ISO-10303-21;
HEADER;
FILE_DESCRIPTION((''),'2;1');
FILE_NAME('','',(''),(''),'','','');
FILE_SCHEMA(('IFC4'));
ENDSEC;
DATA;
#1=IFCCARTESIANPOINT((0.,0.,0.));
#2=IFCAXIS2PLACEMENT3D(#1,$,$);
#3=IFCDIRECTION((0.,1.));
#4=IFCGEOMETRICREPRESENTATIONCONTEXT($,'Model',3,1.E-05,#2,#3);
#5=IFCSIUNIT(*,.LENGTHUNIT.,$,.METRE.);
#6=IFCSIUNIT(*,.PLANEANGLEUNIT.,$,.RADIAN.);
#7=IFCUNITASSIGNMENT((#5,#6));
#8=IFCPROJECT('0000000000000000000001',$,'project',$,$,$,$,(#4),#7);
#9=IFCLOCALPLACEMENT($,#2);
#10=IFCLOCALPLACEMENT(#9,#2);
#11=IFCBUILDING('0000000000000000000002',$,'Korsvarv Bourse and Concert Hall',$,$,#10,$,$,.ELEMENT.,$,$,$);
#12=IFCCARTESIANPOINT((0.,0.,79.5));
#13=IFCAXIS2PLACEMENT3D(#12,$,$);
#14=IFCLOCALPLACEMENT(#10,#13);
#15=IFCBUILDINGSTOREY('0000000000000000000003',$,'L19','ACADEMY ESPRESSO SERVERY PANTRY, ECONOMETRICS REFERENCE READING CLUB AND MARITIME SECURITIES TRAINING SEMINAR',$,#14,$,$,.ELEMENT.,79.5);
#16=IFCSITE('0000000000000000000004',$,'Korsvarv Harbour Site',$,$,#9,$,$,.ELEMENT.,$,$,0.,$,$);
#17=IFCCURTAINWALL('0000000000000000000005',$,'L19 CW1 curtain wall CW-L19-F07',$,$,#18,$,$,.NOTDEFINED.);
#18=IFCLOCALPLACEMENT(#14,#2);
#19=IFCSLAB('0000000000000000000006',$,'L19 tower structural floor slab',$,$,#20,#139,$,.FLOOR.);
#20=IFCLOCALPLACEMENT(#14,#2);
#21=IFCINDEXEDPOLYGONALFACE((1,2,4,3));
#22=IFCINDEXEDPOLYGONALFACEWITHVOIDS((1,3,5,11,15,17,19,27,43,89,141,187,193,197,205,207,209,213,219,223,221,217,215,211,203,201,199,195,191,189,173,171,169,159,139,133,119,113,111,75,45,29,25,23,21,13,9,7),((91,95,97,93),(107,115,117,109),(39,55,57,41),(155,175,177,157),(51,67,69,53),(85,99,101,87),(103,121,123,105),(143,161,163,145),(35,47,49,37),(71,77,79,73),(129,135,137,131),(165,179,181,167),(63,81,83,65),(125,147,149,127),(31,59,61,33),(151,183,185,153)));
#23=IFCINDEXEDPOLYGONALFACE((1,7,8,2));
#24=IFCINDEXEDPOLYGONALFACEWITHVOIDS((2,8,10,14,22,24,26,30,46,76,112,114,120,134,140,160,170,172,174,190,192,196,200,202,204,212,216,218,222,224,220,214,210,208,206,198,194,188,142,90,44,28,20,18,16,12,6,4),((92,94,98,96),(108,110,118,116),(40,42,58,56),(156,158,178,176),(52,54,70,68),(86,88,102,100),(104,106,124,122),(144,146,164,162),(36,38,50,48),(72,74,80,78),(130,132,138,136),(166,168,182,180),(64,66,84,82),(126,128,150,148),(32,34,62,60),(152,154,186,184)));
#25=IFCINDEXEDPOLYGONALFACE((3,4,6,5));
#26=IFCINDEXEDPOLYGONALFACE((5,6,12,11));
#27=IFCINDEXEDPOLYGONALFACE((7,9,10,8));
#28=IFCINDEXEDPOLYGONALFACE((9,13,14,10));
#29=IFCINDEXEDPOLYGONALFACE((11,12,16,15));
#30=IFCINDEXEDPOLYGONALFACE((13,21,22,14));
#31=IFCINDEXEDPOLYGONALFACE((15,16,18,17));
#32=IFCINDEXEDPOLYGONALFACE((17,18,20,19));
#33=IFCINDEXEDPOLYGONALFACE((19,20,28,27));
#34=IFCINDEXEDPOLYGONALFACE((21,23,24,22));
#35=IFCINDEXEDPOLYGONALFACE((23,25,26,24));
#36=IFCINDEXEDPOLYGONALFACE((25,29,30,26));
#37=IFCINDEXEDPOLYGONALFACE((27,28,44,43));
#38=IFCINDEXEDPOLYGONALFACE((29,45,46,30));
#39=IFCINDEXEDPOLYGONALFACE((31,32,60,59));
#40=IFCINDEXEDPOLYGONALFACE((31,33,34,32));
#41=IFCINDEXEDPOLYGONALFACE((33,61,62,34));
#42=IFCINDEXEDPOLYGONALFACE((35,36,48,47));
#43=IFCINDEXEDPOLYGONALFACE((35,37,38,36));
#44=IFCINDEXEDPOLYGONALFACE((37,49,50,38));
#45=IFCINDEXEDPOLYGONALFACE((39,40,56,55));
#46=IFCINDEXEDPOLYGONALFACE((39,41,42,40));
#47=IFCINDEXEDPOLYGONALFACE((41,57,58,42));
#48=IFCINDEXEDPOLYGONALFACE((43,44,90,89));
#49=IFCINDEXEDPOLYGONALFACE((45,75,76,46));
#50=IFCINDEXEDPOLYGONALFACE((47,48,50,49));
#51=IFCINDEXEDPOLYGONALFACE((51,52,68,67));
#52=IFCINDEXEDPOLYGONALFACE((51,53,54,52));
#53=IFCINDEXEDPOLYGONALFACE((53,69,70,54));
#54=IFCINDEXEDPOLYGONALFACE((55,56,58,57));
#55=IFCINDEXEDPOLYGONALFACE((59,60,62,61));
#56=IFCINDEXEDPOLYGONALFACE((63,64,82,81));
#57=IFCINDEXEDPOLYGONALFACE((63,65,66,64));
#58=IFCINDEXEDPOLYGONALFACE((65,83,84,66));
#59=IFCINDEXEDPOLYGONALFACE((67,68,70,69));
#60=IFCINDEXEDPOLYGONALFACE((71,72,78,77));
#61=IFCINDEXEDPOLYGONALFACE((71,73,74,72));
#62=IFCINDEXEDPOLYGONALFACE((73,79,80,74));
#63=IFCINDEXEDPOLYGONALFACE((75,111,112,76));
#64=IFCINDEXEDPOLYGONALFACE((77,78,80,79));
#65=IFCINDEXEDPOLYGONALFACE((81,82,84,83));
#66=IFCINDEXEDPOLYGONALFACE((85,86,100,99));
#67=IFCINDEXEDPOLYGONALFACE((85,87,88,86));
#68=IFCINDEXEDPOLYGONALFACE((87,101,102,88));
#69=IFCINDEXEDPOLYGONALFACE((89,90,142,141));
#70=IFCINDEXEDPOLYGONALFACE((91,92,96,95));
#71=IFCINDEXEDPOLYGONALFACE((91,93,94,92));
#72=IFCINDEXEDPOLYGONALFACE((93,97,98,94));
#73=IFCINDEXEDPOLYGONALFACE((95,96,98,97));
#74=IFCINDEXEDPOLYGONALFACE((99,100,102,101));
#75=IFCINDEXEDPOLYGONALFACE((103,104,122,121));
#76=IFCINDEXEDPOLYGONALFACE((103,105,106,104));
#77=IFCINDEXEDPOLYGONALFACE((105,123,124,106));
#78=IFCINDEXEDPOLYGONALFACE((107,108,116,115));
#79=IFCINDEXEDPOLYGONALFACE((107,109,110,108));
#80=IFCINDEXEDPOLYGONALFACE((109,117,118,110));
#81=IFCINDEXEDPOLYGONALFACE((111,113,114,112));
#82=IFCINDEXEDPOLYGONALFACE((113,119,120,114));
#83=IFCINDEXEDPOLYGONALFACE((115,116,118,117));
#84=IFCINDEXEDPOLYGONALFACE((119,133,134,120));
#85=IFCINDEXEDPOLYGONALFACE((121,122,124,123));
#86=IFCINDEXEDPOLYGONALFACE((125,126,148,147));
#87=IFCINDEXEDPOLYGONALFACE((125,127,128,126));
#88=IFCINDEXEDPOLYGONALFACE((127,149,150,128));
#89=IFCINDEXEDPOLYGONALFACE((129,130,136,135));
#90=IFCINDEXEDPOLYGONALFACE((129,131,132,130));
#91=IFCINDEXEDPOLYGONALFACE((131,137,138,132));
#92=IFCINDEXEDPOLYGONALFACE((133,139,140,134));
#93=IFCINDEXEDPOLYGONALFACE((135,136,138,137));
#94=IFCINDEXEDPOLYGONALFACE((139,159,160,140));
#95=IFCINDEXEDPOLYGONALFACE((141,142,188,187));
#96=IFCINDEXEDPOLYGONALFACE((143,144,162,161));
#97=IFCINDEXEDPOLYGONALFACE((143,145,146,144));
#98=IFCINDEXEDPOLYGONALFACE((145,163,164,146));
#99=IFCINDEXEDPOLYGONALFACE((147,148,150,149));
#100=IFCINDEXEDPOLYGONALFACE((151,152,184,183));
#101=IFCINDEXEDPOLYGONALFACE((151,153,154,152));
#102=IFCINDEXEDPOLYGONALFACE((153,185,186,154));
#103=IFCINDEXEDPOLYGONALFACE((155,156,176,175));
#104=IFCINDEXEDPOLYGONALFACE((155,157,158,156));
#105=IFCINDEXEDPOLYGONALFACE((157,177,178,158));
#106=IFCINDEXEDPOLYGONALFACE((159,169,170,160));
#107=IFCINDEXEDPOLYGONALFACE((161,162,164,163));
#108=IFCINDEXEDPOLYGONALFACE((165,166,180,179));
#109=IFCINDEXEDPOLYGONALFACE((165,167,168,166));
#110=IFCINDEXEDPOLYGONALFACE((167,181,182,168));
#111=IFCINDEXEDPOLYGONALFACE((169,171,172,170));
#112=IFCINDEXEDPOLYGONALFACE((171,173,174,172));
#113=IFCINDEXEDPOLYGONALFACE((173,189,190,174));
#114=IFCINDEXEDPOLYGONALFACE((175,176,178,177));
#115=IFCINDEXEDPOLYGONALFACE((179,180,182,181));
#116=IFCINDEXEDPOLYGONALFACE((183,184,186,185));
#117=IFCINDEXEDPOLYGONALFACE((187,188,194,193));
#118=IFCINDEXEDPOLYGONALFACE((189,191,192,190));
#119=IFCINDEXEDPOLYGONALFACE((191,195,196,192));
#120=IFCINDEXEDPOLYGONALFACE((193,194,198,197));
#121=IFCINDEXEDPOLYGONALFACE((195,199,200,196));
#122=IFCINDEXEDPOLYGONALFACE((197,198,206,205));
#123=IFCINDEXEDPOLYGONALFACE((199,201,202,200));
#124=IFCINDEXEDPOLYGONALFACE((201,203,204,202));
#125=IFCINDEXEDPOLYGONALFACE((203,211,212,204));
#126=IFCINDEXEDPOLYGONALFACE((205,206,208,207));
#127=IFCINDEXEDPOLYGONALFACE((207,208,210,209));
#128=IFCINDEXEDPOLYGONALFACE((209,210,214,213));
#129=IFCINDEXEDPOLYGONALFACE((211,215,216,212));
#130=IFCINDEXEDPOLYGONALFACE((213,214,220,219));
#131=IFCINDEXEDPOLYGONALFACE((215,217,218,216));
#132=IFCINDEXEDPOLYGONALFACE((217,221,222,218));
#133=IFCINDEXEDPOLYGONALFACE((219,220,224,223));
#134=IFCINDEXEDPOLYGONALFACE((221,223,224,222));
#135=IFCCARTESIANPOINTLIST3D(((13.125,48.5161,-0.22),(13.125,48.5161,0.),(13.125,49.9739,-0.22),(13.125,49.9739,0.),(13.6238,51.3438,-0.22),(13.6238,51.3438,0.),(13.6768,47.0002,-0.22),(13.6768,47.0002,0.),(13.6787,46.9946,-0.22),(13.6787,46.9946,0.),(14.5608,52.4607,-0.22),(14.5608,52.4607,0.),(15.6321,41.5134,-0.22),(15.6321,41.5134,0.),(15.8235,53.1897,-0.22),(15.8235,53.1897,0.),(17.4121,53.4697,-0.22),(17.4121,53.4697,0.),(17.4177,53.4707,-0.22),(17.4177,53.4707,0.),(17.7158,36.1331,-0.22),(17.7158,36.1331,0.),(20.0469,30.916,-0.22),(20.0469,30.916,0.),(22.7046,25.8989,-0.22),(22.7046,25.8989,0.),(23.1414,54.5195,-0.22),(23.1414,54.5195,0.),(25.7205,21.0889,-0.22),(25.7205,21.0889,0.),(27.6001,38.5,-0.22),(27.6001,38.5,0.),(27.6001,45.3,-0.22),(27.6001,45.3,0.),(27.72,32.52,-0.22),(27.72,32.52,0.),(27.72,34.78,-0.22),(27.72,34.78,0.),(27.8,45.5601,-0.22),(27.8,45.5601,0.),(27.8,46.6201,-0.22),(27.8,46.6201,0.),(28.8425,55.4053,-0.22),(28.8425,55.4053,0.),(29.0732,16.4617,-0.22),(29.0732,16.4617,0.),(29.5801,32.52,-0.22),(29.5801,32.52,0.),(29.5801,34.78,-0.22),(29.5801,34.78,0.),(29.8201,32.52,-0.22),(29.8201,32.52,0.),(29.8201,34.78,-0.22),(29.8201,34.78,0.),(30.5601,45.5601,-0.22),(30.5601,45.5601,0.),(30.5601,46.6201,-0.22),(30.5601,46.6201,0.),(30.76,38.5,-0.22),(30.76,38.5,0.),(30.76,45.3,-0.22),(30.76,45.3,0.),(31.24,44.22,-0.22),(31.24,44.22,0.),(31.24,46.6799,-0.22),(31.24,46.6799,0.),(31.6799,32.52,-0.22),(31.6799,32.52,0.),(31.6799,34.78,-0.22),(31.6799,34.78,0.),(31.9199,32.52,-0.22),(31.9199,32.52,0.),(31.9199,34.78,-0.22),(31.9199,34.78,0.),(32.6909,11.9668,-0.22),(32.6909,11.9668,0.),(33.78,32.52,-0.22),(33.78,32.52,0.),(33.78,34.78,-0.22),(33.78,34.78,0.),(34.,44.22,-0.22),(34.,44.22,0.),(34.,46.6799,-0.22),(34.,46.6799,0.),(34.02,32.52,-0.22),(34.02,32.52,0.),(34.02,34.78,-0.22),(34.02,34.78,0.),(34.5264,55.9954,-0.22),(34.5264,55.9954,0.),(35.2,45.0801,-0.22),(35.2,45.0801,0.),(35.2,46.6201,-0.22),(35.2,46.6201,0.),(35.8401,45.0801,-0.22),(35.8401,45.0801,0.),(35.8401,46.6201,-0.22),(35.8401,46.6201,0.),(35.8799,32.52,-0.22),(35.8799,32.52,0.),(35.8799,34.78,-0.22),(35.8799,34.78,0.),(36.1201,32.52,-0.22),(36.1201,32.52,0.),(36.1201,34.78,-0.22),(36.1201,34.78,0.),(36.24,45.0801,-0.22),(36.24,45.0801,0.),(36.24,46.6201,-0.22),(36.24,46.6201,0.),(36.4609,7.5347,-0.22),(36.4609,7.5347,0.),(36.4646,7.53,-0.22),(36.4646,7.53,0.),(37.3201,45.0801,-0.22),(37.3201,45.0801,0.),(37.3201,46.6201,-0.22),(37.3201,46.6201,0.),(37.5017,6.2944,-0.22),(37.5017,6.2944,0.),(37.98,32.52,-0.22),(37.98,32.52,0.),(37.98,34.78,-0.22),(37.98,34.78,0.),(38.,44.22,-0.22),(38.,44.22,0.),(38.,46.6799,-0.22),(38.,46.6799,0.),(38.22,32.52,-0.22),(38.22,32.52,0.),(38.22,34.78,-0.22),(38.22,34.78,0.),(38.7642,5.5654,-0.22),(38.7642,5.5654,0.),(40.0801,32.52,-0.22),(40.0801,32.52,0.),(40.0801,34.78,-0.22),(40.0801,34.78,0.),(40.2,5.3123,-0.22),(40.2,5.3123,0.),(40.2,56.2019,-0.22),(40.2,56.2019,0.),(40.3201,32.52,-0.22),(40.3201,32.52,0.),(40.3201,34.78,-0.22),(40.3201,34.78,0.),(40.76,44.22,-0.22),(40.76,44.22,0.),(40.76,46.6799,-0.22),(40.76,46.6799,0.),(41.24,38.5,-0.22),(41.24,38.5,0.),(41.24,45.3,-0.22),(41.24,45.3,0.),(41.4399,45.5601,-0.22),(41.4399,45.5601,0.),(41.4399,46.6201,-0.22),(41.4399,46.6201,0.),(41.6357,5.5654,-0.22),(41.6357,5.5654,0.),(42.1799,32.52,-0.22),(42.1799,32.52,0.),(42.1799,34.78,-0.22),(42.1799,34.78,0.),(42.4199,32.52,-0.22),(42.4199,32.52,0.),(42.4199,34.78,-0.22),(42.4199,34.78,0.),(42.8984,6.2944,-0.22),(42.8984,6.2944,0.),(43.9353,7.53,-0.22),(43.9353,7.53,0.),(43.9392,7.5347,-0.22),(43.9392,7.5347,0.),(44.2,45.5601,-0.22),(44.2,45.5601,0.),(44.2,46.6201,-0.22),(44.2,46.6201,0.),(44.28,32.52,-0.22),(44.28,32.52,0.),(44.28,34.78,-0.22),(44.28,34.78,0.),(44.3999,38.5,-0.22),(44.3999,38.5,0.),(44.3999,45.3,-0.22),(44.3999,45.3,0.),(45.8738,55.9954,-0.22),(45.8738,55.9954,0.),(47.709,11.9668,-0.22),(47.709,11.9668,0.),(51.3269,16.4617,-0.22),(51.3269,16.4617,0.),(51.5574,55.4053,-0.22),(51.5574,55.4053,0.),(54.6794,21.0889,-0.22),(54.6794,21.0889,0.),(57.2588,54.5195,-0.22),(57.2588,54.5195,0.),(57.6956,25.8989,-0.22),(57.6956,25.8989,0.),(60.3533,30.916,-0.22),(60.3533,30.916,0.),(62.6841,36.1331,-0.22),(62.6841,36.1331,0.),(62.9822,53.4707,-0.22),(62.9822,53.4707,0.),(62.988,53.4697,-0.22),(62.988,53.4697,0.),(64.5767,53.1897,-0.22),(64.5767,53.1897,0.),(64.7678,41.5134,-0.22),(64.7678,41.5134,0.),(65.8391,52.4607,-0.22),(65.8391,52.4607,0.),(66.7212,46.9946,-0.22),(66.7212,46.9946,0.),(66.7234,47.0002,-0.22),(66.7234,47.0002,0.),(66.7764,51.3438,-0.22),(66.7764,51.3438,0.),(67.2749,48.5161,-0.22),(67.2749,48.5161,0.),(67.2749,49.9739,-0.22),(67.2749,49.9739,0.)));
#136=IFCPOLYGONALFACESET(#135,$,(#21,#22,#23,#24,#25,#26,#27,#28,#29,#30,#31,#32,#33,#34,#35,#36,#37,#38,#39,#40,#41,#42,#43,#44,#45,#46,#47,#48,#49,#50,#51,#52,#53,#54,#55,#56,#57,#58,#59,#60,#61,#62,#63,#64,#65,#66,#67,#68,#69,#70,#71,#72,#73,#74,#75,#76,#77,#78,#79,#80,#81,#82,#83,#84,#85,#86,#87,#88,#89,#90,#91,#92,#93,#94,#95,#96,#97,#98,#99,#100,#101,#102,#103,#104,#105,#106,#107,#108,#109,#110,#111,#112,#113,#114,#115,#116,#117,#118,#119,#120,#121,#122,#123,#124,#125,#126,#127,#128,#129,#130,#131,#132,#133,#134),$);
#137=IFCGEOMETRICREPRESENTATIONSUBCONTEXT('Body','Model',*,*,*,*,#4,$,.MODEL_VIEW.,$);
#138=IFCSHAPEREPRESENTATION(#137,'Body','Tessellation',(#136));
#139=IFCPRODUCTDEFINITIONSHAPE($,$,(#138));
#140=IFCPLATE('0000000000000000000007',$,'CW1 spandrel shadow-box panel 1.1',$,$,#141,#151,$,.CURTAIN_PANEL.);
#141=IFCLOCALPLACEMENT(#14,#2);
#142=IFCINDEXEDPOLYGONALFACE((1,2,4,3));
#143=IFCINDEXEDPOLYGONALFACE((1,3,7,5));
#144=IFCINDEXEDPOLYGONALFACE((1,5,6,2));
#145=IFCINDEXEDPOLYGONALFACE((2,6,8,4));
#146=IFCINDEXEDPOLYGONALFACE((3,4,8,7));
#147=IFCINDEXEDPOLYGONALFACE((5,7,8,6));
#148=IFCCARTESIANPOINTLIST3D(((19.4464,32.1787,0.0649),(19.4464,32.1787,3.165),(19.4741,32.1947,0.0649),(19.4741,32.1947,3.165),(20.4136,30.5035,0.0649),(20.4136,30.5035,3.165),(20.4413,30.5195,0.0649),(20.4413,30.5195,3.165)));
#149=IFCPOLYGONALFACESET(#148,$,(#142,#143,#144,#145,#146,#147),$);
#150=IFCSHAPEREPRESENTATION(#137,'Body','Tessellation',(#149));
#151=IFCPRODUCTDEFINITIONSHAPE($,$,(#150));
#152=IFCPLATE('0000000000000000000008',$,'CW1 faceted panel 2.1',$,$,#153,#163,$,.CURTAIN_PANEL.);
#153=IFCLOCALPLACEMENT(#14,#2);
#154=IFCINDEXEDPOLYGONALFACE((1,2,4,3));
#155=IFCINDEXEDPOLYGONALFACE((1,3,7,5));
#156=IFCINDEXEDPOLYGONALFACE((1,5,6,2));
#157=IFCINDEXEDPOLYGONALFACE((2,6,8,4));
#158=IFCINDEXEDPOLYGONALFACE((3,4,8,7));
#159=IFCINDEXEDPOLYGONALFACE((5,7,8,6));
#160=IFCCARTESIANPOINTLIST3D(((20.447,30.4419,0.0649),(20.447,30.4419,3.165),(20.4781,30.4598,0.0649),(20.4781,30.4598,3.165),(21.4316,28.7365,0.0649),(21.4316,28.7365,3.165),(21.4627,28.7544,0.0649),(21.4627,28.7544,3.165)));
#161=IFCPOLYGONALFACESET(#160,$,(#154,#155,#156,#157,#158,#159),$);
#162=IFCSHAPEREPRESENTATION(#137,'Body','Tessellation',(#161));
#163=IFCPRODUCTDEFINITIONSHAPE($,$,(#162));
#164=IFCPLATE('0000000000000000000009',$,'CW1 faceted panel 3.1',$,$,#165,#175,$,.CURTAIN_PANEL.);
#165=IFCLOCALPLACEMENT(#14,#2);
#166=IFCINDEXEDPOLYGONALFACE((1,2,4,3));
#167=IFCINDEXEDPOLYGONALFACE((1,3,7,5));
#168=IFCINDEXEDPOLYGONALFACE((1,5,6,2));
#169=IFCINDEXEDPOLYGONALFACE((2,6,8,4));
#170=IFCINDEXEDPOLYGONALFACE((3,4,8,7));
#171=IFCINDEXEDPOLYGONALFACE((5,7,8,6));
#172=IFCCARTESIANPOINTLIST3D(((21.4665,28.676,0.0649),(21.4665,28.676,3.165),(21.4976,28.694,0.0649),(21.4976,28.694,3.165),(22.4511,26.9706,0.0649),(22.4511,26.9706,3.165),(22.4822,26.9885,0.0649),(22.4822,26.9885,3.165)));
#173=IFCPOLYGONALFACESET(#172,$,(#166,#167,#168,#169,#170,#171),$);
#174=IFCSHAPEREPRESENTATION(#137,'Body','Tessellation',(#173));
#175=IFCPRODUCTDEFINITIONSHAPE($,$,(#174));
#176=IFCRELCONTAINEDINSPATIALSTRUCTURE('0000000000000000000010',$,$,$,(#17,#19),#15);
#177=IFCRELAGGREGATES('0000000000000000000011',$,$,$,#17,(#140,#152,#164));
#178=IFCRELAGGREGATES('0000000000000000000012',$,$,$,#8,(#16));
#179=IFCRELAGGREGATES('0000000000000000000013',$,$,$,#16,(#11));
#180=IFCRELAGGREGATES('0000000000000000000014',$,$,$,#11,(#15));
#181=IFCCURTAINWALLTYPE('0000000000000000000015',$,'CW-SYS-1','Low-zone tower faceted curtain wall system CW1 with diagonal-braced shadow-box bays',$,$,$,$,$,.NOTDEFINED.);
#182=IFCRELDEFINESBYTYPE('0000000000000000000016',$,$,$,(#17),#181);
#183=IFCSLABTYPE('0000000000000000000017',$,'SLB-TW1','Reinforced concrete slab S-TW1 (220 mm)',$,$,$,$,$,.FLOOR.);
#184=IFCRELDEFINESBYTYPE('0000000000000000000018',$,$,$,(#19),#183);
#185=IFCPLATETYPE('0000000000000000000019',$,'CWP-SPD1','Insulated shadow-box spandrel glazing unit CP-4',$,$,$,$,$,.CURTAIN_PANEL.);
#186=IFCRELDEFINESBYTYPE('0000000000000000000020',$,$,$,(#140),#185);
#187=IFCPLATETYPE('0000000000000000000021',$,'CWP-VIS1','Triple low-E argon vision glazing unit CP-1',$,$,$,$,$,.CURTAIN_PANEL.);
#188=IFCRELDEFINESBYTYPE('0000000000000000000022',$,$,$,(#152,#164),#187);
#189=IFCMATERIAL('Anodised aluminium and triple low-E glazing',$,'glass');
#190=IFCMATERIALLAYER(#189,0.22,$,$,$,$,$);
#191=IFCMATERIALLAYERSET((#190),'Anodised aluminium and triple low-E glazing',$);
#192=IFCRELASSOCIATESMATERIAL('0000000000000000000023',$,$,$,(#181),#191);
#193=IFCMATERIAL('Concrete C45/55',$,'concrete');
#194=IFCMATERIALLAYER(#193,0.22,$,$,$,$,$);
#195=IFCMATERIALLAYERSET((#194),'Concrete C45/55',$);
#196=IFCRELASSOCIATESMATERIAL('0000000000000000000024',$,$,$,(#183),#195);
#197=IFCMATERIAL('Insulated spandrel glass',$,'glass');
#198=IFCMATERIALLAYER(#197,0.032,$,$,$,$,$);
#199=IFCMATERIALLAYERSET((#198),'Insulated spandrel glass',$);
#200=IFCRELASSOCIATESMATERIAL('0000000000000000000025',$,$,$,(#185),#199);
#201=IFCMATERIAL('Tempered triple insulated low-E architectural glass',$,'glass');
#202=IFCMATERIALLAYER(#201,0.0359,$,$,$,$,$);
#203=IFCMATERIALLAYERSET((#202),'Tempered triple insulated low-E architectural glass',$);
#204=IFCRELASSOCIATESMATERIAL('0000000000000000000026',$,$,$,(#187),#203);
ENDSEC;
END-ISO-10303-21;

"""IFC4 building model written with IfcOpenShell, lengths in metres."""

from ifc_helpers import new_model, si_unit, direction, frame, origin, origin_2d, place, context, subcontext, project, spatial, polyline, rectangle, outline, extrude, source, transform, mapped, material, layer, layer_set, type_object, element, aggregate, save


model = new_model("IFC4")

# Units and contexts
model_context = context("Model", 3, precision=1e-05, world=origin(), true_north=direction((0.0, 1.0)))
body_context = subcontext(model_context, "Body", "Model", "MODEL_VIEW")
ifc_project = project(units=[si_unit("LENGTHUNIT", "METRE"), si_unit("PLANEANGLEUNIT", "RADIAN")], contexts=[model_context])

# Site, building, storey
site_placement = place(None, origin())
site = spatial("IfcSite", under=ifc_project, at=site_placement, Name="Korsvarv Harbour Site", CompositionType="ELEMENT", RefElevation=0.0)
building_placement = place(site_placement, origin())
building = spatial("IfcBuilding", under=site, at=building_placement, Name="Korsvarv Bourse and Concert Hall", CompositionType="ELEMENT")
storey_placement = place(building_placement, frame((0.0, 0.0, 79.5)))
storey = spatial("IfcBuildingStorey", under=building, at=storey_placement, Name="L19", Description="ACADEMY ESPRESSO SERVERY PANTRY, ECONOMETRICS REFERENCE READING CLUB AND MARITIME SECURITIES TRAINING SEMINAR", CompositionType="ELEMENT", Elevation=79.5)

# Curtain wall
ifc_material_1 = material(Name="Anodised aluminium and triple low-E glazing", Category="glass")
ifc_layer_1 = layer(ifc_material_1, 0.22)
ifc_layer_set_1 = layer_set([ifc_layer_1], Name="Anodised aluminium and triple low-E glazing")
curtain_wall_type = type_object("IfcCurtainWallType", Name="CW-SYS-1", Description="Low-zone tower faceted curtain wall system CW1 with diagonal-braced shadow-box bays", PredefinedType="NOTDEFINED", material=ifc_layer_set_1)
curtain_wall_placement = place(storey_placement, origin())
curtain_wall = element("IfcCurtainWall", 1, at=curtain_wall_placement, inside=storey, type_object=curtain_wall_type, Name="L19 CW1 curtain wall CW-L19-F07", PredefinedType="NOTDEFINED")

# Slab
ifc_material_2 = material(Name="Concrete C45/55", Category="concrete")
ifc_layer_2 = layer(ifc_material_2, 0.22)
ifc_layer_set_2 = layer_set([ifc_layer_2], Name="Concrete C45/55")
slab_type_1 = type_object("IfcSlabType", Name="SLB-TW1", Description="Reinforced concrete slab S-TW1 (220 mm)", PredefinedType="FLOOR", material=ifc_layer_set_2)
slab_1_placement = place(storey_placement, frame((0.0, 0.0, -0.22)))
element("IfcSlab", 2, at=slab_1_placement, inside=storey, type_object=slab_type_1, Name="L19 tower structural floor slab", PredefinedType="FLOOR", context=body_context, shape_type="SweptSolid", body=[
    extrude(outline(polyline([(66.7212, 46.9946), (64.7678, 41.5134), (62.6841, 36.1331), (60.3533, 30.916), (57.6956, 25.8989), (54.6794, 21.0889), (51.3269, 16.4617), (47.709, 11.9668), (43.9392, 7.5347), (43.9353, 7.53), (42.8984, 6.2944), (41.6357, 5.5654), (40.2, 5.3123), (38.7642, 5.5654), (37.5017, 6.2944), (36.4646, 7.53), (36.4609, 7.5347), (32.6909, 11.9668), (29.0732, 16.4617), (25.7205, 21.0889), (22.7046, 25.8989), (20.0469, 30.916), (17.7158, 36.1331), (15.6321, 41.5134), (13.6787, 46.9946), (13.6768, 47.0002), (13.125, 48.5161), (13.125, 49.9739), (13.6238, 51.3438), (14.5608, 52.4607), (15.8235, 53.1897), (17.4121, 53.4697), (17.4177, 53.4707), (23.1414, 54.5195), (28.8425, 55.4053), (34.5264, 55.9954), (40.2, 56.2019), (45.8738, 55.9954), (51.5574, 55.4053), (57.2588, 54.5195), (62.9822, 53.4707), (62.988, 53.4697), (64.5767, 53.1897), (65.8391, 52.4607), (66.7764, 51.3438), (67.2749, 49.9739), (67.2749, 48.5161), (66.7234, 47.0002), (66.7212, 46.9946)]), holes=[polyline([(30.76, 38.5), (30.76, 45.3), (27.6001, 45.3), (27.6001, 38.5), (30.76, 38.5)]), polyline([(44.3999, 38.5), (44.3999, 45.3), (41.24, 45.3), (41.24, 38.5), (44.3999, 38.5)]), polyline([(31.24, 44.22), (34.0, 44.22), (34.0, 46.6799), (31.24, 46.6799), (31.24, 44.22)]), polyline([(38.0, 44.22), (40.76, 44.22), (40.76, 46.6799), (38.0, 46.6799), (38.0, 44.22)]), polyline([(27.72, 32.52), (29.5801, 32.52), (29.5801, 34.78), (27.72, 34.78), (27.72, 32.52)]), polyline([(29.8201, 32.52), (31.6799, 32.52), (31.6799, 34.78), (29.8201, 34.78), (29.8201, 32.52)]), polyline([(31.9199, 32.52), (33.78, 32.52), (33.78, 34.78), (31.9199, 34.78), (31.9199, 32.52)]), polyline([(34.02, 32.52), (35.8799, 32.52), (35.8799, 34.78), (34.02, 34.78), (34.02, 32.52)]), polyline([(36.1201, 32.52), (37.98, 32.52), (37.98, 34.78), (36.1201, 34.78), (36.1201, 32.52)]), polyline([(38.22, 32.52), (40.0801, 32.52), (40.0801, 34.78), (38.22, 34.78), (38.22, 32.52)]), polyline([(40.3201, 32.52), (42.1799, 32.52), (42.1799, 34.78), (40.3201, 34.78), (40.3201, 32.52)]), polyline([(42.4199, 32.52), (44.28, 32.52), (44.28, 34.78), (42.4199, 34.78), (42.4199, 32.52)]), polyline([(27.8, 45.5601), (30.5601, 45.5601), (30.5601, 46.6201), (27.8, 46.6201), (27.8, 45.5601)]), polyline([(41.4399, 45.5601), (44.2, 45.5601), (44.2, 46.6201), (41.4399, 46.6201), (41.4399, 45.5601)]), polyline([(35.2, 45.0801), (35.8401, 45.0801), (35.8401, 46.6201), (35.2, 46.6201), (35.2, 45.0801)]), polyline([(36.24, 45.0801), (37.3201, 45.0801), (37.3201, 46.6201), (36.24, 46.6201), (36.24, 45.0801)])]), origin(), (0.0, 0.0, 1.0), 0.22),
])

# Plates
ifc_material_3 = material(Name="Insulated spandrel glass", Category="glass")
ifc_layer_3 = layer(ifc_material_3, 0.032)
ifc_layer_set_3 = layer_set([ifc_layer_3], Name="Insulated spandrel glass")
plate_type_1 = type_object("IfcPlateType", Name="CWP-SPD1", Description="Insulated shadow-box spandrel glazing unit CP-4", PredefinedType="CURTAIN_PANEL", material=ifc_layer_set_3)
shared_shape_1 = source(origin(), body_context, "Body", "SweptSolid", [
    extrude(rectangle(XDim=1.9343, YDim=0.032, at=origin_2d()), origin(), (0.0, 0.0, 1.0), 3.1001),
])
plate_1_placement = place(storey_placement, frame((19.9438, 31.3491, 0.0649), z_axis=(0.0, 0.0, 1.0), x_axis=(0.500002, -0.866024, 0.0)))
plate_1 = element("IfcPlate", 3, at=plate_1_placement, type_object=plate_type_1, Name="CW1 spandrel shadow-box panel 1.1", PredefinedType="CURTAIN_PANEL", context=body_context, shape_type="MappedRepresentation", body=[
    mapped(shared_shape_1, transform((0.0, 0.0, 0.0), scale=1.0)),
])
ifc_material_4 = material(Name="Tempered triple insulated low-E architectural glass", Category="glass")
ifc_layer_4 = layer(ifc_material_4, 0.0359)
ifc_layer_set_4 = layer_set([ifc_layer_4], Name="Tempered triple insulated low-E architectural glass")
plate_type_2 = type_object("IfcPlateType", Name="CWP-VIS1", Description="Triple low-E argon vision glazing unit CP-1", PredefinedType="CURTAIN_PANEL", material=ifc_layer_set_4)
shared_shape_2 = source(origin(), body_context, "Body", "SweptSolid", [
    extrude(rectangle(XDim=1.9692, YDim=0.0359, at=origin_2d()), origin(), (0.0, 0.0, 1.0), 3.1001),
])
plate_2_placement = place(storey_placement, frame((20.9548, 29.5981, 0.0649), z_axis=(0.0, 0.0, 1.0), x_axis=(0.500002, -0.866024, 0.0)))
plate_2 = element("IfcPlate", 4, at=plate_2_placement, type_object=plate_type_2, Name="CW1 faceted panel 2.1", PredefinedType="CURTAIN_PANEL", context=body_context, shape_type="MappedRepresentation", body=[
    mapped(shared_shape_2, transform((0.0, 0.0, 0.0), scale=1.0)),
])
plate_3_placement = place(storey_placement, frame((21.9744, 27.8323, 0.0649), z_axis=(0.0, 0.0, 1.0), x_axis=(0.500002, -0.866024, 0.0)))
plate_3 = element("IfcPlate", 5, at=plate_3_placement, type_object=plate_type_2, Name="CW1 faceted panel 3.1", PredefinedType="CURTAIN_PANEL", context=body_context, shape_type="MappedRepresentation", body=[
    mapped(shared_shape_2, transform((0.0, 0.0, 0.0), scale=1.0)),
])
aggregate(curtain_wall, [plate_1, plate_2, plate_3])

save(model, "model.ifc")
